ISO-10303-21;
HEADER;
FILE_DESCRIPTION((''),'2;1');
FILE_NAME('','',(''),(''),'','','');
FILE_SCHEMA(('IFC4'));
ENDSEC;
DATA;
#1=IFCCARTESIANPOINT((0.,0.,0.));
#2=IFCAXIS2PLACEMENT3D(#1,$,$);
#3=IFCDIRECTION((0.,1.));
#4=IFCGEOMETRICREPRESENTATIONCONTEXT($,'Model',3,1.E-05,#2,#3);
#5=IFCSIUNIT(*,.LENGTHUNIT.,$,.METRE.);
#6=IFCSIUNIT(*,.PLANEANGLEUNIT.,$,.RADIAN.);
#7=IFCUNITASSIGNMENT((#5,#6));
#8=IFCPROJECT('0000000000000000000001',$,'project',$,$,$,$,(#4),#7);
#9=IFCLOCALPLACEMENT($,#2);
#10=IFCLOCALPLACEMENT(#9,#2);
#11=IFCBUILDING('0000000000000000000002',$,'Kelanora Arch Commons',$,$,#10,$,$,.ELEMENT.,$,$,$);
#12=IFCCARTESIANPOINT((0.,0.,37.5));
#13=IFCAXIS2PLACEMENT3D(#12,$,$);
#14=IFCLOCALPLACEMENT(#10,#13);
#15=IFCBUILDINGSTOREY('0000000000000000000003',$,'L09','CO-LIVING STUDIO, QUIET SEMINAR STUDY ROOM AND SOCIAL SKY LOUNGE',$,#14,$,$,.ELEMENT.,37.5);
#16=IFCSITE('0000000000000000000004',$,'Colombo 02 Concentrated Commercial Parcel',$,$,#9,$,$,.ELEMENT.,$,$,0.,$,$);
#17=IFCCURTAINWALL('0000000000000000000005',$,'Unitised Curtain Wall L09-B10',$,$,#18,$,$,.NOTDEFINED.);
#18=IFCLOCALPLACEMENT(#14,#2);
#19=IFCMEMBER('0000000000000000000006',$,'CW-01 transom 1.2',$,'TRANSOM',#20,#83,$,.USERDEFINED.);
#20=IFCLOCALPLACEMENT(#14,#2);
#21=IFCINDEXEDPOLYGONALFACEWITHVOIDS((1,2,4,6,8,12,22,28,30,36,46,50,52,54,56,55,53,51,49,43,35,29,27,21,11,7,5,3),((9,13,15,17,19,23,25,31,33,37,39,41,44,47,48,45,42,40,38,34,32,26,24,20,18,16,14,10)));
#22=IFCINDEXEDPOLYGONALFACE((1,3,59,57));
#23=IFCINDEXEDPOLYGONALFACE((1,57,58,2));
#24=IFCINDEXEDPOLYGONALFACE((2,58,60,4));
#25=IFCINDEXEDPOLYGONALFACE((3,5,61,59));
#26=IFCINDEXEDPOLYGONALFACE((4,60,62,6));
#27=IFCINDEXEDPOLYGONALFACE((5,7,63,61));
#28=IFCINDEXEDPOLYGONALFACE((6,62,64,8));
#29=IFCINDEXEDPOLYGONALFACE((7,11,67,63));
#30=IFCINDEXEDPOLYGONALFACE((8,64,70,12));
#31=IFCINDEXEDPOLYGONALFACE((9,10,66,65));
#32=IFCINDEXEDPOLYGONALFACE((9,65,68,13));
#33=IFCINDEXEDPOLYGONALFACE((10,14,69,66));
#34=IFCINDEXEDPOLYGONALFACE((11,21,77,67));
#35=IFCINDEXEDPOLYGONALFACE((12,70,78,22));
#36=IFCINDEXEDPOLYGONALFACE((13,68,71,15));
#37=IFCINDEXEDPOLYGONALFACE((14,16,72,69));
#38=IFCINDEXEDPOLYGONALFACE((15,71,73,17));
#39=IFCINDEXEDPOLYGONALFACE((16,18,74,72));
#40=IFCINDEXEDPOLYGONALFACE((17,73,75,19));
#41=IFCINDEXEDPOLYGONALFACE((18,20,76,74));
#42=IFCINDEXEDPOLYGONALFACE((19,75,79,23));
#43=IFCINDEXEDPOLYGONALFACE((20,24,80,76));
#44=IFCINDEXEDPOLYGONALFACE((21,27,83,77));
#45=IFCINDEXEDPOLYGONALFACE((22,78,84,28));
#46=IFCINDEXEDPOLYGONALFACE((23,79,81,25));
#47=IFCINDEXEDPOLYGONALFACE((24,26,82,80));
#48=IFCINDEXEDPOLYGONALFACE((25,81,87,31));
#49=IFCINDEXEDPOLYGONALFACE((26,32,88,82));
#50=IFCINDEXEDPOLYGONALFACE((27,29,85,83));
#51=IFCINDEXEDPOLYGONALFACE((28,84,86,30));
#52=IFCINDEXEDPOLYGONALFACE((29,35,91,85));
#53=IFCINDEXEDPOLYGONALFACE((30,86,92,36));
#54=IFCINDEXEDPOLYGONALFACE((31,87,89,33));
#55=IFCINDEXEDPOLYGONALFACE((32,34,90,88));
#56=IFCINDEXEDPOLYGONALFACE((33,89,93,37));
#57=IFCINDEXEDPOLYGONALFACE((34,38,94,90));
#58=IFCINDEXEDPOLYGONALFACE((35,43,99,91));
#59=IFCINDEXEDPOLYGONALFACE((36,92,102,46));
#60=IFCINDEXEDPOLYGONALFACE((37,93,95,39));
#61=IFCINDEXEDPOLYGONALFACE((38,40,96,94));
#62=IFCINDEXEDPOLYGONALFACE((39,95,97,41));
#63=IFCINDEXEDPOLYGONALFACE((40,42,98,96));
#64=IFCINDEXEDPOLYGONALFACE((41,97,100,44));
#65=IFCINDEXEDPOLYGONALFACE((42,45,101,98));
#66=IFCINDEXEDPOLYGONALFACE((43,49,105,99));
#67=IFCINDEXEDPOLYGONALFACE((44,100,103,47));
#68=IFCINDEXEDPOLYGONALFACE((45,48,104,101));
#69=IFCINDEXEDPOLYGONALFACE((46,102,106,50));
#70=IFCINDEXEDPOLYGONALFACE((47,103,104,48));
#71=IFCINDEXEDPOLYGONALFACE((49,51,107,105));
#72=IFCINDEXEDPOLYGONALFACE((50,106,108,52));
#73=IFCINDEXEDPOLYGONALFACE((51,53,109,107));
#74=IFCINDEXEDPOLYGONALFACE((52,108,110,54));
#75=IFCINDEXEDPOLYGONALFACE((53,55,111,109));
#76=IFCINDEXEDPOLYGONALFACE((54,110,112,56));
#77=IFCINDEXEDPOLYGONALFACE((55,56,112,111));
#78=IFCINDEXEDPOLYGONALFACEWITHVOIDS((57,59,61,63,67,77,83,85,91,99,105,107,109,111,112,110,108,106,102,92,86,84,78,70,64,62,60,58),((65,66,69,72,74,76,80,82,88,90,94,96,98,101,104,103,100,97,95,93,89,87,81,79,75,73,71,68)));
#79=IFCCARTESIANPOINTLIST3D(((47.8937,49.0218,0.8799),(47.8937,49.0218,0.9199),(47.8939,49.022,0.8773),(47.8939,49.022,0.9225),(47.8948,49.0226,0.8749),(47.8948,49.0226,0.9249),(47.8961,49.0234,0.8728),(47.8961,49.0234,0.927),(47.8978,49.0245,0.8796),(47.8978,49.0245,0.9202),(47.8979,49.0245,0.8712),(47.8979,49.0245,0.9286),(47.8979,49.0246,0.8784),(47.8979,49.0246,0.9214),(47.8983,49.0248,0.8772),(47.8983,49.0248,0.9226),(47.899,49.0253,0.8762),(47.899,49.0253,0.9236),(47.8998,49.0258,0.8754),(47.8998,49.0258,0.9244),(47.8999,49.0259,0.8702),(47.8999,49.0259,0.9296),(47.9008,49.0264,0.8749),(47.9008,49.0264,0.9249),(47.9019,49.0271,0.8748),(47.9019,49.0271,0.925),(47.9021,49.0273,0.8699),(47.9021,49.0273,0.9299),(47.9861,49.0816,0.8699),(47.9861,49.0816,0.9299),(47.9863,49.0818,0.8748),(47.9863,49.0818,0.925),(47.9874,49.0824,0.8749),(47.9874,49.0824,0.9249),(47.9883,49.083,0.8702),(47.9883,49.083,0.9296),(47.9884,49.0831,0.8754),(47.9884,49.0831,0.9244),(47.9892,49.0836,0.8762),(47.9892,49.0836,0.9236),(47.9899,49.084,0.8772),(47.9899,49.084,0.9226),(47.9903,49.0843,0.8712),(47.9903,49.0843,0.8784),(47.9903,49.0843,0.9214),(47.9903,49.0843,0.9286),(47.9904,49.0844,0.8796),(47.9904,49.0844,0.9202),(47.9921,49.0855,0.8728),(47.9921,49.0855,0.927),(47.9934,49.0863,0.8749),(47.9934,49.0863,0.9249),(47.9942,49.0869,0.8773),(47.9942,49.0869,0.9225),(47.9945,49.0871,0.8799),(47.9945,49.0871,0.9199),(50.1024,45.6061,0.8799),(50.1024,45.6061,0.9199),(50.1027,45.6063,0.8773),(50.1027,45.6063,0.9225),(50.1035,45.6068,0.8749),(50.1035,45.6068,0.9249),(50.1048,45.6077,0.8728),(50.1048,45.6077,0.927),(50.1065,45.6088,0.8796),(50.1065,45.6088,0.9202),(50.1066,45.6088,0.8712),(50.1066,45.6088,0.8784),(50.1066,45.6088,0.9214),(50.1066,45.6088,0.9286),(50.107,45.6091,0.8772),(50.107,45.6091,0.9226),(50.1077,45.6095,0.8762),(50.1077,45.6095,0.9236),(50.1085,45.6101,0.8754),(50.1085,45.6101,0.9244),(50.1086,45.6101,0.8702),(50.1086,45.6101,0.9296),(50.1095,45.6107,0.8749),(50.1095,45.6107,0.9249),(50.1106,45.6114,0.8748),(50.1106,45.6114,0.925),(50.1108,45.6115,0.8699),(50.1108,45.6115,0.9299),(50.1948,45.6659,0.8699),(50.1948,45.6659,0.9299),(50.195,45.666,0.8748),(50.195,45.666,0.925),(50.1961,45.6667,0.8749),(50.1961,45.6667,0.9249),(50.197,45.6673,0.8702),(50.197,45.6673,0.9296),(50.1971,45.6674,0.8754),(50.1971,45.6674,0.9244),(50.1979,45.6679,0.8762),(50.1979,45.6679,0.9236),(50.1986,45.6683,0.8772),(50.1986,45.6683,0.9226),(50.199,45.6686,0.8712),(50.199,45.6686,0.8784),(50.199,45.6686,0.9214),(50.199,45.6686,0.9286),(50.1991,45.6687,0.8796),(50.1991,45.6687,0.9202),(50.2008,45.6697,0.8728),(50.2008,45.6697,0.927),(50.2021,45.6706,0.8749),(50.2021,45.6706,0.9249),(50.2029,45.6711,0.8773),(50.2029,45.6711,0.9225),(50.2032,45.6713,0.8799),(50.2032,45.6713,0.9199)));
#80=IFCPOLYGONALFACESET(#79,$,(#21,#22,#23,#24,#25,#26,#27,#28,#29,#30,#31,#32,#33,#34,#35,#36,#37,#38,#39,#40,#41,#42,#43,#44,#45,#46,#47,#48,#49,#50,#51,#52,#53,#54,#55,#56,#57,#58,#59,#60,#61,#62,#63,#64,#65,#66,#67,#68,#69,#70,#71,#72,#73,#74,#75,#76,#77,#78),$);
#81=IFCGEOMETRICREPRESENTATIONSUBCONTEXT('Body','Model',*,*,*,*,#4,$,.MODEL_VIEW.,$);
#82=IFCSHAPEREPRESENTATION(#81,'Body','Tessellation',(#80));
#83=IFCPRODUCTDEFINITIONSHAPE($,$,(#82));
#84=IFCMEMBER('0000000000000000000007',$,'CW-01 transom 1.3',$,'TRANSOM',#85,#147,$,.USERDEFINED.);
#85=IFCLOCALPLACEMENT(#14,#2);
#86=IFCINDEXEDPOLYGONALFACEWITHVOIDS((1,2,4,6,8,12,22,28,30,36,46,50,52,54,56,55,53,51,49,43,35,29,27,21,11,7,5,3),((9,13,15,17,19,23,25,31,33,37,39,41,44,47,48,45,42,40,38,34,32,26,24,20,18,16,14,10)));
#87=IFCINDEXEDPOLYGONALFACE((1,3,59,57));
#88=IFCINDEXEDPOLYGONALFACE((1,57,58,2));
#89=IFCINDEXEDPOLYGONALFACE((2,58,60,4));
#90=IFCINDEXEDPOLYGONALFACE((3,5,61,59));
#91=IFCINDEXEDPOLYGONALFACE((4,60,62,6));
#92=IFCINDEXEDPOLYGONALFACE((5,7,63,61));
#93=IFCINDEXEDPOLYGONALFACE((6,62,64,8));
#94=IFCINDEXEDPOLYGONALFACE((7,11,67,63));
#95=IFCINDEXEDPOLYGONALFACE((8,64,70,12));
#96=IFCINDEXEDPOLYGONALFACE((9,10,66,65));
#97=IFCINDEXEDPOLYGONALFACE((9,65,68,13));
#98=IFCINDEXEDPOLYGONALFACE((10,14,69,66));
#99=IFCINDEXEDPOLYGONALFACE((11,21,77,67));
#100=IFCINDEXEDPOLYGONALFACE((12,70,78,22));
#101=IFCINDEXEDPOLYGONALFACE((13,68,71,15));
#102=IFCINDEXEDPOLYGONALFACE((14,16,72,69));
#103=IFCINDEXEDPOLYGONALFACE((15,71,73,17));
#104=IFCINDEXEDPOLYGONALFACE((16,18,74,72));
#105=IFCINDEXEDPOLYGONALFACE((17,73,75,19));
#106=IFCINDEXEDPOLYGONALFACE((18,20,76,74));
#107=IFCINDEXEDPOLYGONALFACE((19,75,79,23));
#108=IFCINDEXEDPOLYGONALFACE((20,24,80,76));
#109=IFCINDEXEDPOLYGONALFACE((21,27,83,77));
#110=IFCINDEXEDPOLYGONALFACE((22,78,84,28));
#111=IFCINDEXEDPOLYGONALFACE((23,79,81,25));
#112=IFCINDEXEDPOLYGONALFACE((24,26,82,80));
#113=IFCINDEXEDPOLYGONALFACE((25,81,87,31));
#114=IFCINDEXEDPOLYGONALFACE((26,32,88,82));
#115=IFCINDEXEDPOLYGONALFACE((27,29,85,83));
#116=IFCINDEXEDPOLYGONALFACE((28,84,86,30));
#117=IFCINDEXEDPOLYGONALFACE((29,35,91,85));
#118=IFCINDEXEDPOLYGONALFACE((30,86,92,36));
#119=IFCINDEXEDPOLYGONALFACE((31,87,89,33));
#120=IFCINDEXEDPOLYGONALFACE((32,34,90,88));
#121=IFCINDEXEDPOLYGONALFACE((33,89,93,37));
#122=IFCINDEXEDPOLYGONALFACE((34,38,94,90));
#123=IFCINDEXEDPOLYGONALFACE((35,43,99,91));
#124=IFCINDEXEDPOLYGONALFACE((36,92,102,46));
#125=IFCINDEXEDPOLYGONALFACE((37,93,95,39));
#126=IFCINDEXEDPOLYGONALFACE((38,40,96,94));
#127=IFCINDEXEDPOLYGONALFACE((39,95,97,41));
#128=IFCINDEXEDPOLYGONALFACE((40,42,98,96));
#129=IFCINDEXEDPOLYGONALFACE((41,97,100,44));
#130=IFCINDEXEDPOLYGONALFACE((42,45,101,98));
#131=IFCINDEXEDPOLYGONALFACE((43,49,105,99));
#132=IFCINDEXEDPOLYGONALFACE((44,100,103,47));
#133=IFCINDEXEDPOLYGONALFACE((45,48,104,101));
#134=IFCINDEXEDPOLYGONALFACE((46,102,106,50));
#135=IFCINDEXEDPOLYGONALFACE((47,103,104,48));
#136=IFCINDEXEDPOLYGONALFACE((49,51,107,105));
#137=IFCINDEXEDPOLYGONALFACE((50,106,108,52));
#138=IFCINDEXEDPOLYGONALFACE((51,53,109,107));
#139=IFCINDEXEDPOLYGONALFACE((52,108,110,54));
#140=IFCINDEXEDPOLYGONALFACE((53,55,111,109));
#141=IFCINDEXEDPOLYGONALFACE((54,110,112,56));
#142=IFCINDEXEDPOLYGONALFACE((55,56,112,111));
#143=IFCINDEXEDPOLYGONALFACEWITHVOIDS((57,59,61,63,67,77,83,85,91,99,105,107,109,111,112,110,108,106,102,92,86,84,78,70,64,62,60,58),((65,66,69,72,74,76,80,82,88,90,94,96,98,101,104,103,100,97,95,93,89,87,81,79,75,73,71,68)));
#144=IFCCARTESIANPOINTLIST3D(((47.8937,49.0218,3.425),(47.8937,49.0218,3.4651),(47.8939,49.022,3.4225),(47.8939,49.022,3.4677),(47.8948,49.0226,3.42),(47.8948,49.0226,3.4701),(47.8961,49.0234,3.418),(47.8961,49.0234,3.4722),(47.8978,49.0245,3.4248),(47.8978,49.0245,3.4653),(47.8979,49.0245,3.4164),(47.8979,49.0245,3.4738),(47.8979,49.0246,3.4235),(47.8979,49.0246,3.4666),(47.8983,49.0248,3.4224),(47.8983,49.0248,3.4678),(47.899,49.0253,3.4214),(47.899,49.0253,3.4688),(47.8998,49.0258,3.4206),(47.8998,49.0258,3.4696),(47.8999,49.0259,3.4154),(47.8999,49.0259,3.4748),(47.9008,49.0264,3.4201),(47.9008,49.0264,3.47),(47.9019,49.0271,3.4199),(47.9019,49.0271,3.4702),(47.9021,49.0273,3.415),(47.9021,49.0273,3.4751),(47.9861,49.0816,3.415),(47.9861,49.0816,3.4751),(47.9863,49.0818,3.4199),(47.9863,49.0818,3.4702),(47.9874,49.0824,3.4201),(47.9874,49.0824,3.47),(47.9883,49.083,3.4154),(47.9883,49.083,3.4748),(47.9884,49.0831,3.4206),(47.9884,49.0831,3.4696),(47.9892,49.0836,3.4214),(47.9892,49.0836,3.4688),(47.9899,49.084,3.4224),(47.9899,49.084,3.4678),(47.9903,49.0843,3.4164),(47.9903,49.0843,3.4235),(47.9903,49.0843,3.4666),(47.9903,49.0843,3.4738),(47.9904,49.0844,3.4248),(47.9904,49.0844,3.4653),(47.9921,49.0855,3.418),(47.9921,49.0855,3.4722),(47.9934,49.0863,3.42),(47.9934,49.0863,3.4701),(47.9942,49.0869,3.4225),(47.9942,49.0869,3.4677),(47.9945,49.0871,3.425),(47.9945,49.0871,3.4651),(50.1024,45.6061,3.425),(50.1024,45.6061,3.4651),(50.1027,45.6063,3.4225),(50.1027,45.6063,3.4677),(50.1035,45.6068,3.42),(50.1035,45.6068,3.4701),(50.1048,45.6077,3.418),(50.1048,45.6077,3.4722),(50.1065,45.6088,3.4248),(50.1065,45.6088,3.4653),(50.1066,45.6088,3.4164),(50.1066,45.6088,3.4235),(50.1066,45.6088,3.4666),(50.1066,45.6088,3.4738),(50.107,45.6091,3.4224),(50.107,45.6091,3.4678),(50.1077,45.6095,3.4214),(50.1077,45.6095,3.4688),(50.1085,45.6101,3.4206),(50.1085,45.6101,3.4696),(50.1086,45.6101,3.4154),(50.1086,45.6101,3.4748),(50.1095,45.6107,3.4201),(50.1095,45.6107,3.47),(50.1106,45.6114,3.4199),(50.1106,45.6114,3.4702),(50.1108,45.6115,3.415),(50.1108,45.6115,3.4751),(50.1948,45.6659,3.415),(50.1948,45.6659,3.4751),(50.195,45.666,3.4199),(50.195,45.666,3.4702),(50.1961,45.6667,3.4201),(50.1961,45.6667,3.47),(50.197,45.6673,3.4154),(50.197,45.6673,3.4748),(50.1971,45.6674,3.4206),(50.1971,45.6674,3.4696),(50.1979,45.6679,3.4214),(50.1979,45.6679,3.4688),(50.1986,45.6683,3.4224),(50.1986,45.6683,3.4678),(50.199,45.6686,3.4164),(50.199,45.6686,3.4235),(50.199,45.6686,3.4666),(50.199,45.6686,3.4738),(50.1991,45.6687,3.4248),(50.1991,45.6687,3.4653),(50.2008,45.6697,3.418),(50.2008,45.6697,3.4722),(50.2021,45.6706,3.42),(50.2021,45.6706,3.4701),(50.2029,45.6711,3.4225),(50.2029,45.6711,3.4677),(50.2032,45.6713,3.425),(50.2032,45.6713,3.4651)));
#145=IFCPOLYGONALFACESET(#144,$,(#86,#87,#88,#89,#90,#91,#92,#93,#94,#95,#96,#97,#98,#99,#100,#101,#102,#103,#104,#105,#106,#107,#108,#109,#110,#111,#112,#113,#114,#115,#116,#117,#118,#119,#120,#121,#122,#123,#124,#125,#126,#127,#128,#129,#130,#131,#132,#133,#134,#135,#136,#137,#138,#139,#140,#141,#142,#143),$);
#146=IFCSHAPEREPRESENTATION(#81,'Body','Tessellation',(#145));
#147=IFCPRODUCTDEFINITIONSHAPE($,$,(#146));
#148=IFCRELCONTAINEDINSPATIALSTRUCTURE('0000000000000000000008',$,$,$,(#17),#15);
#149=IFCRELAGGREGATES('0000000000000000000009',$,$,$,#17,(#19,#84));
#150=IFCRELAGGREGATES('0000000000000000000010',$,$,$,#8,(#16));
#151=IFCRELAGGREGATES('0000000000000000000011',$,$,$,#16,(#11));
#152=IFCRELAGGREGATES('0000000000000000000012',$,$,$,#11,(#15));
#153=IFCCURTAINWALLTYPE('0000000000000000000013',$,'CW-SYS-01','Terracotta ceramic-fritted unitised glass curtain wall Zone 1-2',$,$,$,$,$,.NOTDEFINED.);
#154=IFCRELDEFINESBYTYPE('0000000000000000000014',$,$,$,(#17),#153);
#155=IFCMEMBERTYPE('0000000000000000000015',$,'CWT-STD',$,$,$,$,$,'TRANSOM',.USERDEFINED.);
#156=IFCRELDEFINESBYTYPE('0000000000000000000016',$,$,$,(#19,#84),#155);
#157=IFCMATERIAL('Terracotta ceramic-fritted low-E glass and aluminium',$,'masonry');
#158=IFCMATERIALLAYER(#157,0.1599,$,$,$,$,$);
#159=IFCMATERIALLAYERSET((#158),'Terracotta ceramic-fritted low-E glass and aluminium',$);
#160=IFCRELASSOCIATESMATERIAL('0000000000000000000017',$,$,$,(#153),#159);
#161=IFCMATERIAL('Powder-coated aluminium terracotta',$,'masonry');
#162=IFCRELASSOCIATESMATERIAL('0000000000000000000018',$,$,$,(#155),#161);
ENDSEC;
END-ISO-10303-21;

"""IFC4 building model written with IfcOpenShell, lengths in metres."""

from ifc_helpers import new_model, si_unit, direction, frame, origin, origin_2d, place, context, subcontext, project, spatial, hollow_rectangle, extrude, material, layer, layer_set, material_profile, profile_set, type_object, element, aggregate, save


model = new_model("IFC4")

# Units and contexts
model_context = context("Model", 3, precision=1e-05, world=origin(), true_north=direction((0.0, 1.0)))
body_context = subcontext(model_context, "Body", "Model", "MODEL_VIEW")
ifc_project = project(units=[si_unit("LENGTHUNIT", "METRE"), si_unit("PLANEANGLEUNIT", "RADIAN")], contexts=[model_context])

# Site, building, storey
site_placement = place(None, origin())
site = spatial("IfcSite", under=ifc_project, at=site_placement, Name="Colombo 02 Concentrated Commercial Parcel", CompositionType="ELEMENT", RefElevation=0.0)
building_placement = place(site_placement, origin())
building = spatial("IfcBuilding", under=site, at=building_placement, Name="Kelanora Arch Commons", CompositionType="ELEMENT")
storey_placement = place(building_placement, frame((0.0, 0.0, 37.5)))
storey = spatial("IfcBuildingStorey", under=building, at=storey_placement, Name="L09", Description="CO-LIVING STUDIO, QUIET SEMINAR STUDY ROOM AND SOCIAL SKY LOUNGE", CompositionType="ELEMENT", Elevation=37.5)

# Curtain wall, members
ifc_material_1 = material(Name="Terracotta ceramic-fritted low-E glass and aluminium", Category="masonry")
ifc_layer_1 = layer(ifc_material_1, 0.1599)
ifc_layer_set_1 = layer_set([ifc_layer_1], Name="Terracotta ceramic-fritted low-E glass and aluminium")
curtain_wall_type = type_object("IfcCurtainWallType", Name="CW-SYS-01", Description="Terracotta ceramic-fritted unitised glass curtain wall Zone 1-2", PredefinedType="NOTDEFINED", material=ifc_layer_set_1)
curtain_wall_placement = place(storey_placement, origin())
curtain_wall = element("IfcCurtainWall", 1, at=curtain_wall_placement, inside=storey, type_object=curtain_wall_type, Name="Unitised Curtain Wall L09-B10", PredefinedType="NOTDEFINED")
ifc_material_2 = material(Name="Powder-coated aluminium terracotta", Category="masonry")
ifc_material_profile_1 = material_profile(ifc_material_2, hollow_rectangle(XDim=0.1201, YDim=0.0601, WallThickness=0.0049, InnerFilletRadius=0.0049, OuterFilletRadius=0.01, at=origin_2d()), Name="CWT120x60")
ifc_profile_set_1 = profile_set([ifc_material_profile_1], Name="Powder-coated aluminium terracotta")
member_type_1 = type_object("IfcMemberType", Name="CWT-STD", ElementType="TRANSOM", PredefinedType="USERDEFINED", material=ifc_profile_set_1)
member_1_placement = place(storey_placement, frame((47.9441, 49.0544, 0.8999), z_axis=(0.542997, -0.839734, 0.0), x_axis=(0.839734, 0.542997, 0.0)))
member_1 = element("IfcMember", 2, at=member_1_placement, type_object=member_type_1, Name="CW-01 transom 1.2", ObjectType="TRANSOM", PredefinedType="USERDEFINED", context=body_context, shape_type="SweptSolid", body=[
    extrude(hollow_rectangle(XDim=0.1201, YDim=0.0601, WallThickness=0.0049, InnerFilletRadius=0.0049, OuterFilletRadius=0.01, at=origin_2d()), origin(), (0.0, 0.0, 1.0), 4.0676),
])
member_2_placement = place(storey_placement, frame((47.9441, 49.0544, 3.4451), z_axis=(0.542997, -0.839734, 0.0), x_axis=(0.839734, 0.542997, 0.0)))
member_2 = element("IfcMember", 3, at=member_2_placement, type_object=member_type_1, Name="CW-01 transom 1.3", ObjectType="TRANSOM", PredefinedType="USERDEFINED", context=body_context, shape_type="SweptSolid", body=[
    extrude(hollow_rectangle(XDim=0.1201, YDim=0.0601, WallThickness=0.0049, InnerFilletRadius=0.0049, OuterFilletRadius=0.01, at=origin_2d()), origin(), (0.0, 0.0, 1.0), 4.0676),
])

aggregate(curtain_wall, [member_1, member_2])

save(model, "model.ifc")
